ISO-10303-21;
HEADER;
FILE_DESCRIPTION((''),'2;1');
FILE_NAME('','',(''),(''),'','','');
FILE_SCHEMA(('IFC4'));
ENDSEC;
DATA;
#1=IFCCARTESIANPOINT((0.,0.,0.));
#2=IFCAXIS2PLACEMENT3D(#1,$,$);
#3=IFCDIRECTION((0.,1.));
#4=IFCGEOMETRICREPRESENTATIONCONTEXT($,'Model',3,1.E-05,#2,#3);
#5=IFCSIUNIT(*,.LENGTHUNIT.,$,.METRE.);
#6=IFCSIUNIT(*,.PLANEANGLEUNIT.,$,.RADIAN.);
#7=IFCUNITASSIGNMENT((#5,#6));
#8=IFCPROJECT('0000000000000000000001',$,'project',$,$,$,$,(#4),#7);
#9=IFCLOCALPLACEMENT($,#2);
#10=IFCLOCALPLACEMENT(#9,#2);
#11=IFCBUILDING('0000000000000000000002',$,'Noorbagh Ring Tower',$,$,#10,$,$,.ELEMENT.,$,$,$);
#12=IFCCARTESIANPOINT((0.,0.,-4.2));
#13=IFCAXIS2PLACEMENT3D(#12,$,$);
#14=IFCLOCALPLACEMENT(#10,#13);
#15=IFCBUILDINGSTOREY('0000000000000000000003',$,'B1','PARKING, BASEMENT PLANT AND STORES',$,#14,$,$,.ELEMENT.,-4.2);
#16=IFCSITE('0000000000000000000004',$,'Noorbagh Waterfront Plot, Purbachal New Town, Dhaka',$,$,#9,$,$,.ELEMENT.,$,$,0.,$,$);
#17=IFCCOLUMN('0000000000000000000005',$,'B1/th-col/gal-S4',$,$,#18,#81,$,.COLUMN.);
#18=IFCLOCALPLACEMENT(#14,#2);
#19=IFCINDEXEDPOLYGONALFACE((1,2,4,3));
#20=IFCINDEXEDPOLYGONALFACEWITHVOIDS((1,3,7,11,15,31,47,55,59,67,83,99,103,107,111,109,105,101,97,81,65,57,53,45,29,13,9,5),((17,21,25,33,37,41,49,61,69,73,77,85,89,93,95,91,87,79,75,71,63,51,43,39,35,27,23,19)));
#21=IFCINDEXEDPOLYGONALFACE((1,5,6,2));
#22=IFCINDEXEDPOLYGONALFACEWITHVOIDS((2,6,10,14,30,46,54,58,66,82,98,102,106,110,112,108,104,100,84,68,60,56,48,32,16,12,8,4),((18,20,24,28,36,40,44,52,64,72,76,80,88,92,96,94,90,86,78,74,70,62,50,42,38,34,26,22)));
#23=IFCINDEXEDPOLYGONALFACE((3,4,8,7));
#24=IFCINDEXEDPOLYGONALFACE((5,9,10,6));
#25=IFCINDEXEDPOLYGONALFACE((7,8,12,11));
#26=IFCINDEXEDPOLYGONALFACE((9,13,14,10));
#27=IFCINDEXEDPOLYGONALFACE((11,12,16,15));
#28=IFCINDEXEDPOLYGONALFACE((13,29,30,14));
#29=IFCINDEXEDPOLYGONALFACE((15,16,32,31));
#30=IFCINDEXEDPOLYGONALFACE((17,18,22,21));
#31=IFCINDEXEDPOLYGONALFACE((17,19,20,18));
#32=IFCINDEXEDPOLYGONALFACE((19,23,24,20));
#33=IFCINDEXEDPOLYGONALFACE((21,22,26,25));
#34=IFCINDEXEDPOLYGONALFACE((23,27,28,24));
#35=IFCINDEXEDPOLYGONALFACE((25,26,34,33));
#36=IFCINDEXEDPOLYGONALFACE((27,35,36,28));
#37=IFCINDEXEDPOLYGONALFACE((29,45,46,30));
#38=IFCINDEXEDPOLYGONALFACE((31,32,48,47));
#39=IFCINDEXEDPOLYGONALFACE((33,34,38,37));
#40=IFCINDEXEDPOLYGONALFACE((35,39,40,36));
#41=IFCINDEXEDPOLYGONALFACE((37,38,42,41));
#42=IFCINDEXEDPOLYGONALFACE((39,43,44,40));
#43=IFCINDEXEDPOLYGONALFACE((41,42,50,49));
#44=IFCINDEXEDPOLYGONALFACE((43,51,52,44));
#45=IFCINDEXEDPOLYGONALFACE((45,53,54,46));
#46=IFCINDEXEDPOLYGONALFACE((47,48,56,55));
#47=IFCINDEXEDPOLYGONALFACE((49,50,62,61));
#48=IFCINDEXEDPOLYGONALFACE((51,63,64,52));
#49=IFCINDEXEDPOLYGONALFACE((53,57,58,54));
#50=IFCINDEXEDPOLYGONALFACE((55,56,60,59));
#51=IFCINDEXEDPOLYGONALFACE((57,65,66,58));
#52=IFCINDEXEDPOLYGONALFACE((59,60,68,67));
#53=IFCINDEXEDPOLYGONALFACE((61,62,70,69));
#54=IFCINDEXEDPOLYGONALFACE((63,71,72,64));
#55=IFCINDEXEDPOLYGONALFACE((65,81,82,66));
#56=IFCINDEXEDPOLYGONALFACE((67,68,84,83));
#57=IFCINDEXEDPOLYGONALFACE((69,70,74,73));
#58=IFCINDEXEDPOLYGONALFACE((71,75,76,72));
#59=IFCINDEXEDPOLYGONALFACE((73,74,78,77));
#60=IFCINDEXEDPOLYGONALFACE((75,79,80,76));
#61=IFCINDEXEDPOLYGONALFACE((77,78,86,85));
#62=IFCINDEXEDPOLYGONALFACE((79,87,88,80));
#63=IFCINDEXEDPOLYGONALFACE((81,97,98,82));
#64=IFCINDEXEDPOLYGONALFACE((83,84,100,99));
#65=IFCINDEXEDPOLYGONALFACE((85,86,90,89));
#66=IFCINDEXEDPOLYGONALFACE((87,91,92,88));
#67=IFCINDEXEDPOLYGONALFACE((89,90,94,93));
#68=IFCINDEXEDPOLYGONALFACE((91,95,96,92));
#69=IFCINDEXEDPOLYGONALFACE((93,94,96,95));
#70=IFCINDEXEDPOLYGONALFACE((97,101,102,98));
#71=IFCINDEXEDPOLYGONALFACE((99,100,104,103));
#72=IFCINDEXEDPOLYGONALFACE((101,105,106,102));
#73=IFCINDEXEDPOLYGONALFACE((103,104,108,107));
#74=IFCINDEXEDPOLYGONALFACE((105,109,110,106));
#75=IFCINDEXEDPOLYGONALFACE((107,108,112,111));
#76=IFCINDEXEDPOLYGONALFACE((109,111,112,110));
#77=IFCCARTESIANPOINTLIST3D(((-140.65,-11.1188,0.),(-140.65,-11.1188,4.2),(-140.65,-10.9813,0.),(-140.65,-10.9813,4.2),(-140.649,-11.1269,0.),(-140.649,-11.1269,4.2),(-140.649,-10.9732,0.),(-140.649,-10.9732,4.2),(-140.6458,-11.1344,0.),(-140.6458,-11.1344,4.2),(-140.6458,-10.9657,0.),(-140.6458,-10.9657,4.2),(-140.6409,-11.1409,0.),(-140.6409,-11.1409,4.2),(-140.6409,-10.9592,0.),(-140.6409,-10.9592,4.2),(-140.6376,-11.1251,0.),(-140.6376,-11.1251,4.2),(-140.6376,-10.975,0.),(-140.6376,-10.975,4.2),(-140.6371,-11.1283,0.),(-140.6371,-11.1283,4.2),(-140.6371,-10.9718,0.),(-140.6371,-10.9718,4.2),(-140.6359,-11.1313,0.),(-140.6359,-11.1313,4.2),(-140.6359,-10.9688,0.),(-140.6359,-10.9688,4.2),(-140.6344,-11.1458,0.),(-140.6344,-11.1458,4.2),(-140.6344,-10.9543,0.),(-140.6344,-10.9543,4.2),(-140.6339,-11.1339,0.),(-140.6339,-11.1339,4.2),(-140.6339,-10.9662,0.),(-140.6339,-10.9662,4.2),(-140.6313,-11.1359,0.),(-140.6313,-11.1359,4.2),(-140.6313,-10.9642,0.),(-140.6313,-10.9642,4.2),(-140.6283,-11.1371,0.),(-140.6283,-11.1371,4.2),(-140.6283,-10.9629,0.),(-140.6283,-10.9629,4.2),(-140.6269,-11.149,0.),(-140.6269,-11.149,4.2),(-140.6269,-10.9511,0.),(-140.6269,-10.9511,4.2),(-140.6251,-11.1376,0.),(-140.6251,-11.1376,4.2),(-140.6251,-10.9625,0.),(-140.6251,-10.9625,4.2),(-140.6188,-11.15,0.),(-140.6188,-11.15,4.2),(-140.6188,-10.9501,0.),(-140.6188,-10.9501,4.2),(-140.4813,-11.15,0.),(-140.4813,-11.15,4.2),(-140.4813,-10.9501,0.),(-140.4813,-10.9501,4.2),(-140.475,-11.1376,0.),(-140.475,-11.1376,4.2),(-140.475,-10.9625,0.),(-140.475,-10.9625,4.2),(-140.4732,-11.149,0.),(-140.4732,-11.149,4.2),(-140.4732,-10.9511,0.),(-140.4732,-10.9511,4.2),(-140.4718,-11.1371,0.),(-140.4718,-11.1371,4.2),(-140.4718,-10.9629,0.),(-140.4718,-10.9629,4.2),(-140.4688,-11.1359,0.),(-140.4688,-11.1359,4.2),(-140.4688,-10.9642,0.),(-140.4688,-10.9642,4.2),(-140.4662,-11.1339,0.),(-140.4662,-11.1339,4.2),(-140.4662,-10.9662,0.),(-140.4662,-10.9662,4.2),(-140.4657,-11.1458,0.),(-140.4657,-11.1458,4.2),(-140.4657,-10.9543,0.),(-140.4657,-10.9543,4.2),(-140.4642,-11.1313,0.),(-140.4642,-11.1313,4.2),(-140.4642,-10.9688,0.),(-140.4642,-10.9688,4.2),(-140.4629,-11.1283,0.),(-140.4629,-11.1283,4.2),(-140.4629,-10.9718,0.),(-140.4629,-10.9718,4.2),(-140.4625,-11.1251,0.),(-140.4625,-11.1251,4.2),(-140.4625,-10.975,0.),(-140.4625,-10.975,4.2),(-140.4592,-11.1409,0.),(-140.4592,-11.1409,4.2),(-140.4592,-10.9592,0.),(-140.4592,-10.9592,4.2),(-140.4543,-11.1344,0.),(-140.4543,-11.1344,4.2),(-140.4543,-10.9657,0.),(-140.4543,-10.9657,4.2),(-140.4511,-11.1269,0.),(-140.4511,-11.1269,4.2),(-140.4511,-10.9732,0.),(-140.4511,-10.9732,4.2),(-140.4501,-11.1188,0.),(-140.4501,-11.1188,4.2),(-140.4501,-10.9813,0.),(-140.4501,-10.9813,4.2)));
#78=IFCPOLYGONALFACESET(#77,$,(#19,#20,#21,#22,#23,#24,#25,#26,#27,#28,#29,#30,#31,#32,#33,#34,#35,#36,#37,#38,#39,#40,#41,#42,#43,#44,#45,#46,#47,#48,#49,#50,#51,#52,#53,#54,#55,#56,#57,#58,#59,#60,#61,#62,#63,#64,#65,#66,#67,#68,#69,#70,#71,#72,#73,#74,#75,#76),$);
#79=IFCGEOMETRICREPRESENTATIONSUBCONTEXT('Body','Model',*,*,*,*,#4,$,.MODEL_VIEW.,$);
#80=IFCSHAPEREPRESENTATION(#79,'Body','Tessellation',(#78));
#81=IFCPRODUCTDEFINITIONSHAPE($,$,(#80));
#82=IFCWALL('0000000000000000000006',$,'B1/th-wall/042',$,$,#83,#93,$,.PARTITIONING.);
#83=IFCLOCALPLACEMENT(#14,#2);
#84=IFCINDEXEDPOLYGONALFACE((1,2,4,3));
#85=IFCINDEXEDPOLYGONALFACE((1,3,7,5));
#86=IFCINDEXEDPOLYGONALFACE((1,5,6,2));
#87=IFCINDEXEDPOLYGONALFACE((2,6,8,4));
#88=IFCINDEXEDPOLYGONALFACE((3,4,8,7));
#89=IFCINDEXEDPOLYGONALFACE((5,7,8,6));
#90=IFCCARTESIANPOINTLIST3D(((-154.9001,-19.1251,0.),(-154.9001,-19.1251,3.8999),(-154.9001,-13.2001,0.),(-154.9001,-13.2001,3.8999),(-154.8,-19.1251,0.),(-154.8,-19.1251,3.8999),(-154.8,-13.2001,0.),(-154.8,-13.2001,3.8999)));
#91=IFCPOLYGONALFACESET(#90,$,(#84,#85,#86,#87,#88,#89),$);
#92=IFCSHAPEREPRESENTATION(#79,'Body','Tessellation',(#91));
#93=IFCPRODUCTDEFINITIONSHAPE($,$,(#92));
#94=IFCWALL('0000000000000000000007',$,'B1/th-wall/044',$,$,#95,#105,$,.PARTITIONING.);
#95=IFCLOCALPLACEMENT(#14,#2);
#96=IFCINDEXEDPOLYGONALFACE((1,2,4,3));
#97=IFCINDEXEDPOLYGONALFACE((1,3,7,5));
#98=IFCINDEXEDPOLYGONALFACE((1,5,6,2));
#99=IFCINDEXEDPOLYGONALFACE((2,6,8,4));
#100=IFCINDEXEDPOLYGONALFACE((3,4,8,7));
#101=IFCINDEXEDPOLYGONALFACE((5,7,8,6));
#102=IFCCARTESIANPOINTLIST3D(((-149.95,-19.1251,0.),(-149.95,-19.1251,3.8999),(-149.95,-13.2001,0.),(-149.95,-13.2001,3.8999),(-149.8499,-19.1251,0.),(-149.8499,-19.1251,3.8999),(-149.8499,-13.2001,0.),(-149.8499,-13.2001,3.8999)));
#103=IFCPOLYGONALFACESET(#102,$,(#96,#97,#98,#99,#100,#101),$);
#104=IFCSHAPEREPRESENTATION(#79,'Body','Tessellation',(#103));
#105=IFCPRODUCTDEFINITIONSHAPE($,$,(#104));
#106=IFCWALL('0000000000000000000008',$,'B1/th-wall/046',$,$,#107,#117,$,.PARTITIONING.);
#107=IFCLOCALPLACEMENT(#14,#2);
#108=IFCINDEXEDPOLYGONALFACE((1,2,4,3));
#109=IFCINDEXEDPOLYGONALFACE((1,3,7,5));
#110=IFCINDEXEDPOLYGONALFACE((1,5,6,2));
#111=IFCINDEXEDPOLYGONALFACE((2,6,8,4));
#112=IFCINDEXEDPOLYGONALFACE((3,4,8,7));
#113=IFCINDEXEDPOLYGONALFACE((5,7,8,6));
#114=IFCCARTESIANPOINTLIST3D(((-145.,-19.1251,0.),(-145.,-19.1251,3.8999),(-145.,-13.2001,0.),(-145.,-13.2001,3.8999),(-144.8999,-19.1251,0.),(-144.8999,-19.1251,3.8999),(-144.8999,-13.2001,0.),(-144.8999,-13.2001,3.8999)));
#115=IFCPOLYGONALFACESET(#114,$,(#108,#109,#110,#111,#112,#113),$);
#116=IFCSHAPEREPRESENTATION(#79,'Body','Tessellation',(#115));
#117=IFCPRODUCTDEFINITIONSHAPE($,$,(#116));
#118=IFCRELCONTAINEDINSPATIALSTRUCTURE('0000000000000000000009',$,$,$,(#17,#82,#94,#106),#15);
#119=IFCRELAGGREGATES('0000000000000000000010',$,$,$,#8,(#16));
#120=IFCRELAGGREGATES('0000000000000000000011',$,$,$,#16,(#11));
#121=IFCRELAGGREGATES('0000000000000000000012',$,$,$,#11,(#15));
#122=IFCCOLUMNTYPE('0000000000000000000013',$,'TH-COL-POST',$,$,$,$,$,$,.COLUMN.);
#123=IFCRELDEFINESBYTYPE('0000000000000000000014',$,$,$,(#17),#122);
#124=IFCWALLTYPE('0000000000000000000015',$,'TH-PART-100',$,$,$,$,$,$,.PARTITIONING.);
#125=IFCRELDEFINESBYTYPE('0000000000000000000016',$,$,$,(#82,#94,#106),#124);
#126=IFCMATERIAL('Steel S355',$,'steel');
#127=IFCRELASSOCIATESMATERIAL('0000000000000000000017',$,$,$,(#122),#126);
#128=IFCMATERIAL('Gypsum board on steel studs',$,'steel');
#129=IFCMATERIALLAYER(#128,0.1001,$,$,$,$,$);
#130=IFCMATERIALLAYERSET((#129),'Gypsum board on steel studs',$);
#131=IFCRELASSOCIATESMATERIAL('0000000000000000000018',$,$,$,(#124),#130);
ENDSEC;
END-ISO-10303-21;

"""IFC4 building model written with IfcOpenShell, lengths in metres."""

from ifc_helpers import new_model, si_unit, direction, frame, frame_2d, origin, origin_2d, place, context, subcontext, project, spatial, rectangle, hollow_rectangle, extrude, material, layer, layer_set, material_profile, profile_set, type_object, element, save


model = new_model("IFC4")

# Units and contexts
model_context = context("Model", 3, precision=1e-05, world=origin(), true_north=direction((0.0, 1.0)))
body_context = subcontext(model_context, "Body", "Model", "MODEL_VIEW")
ifc_project = project(units=[si_unit("LENGTHUNIT", "METRE"), si_unit("PLANEANGLEUNIT", "RADIAN")], contexts=[model_context])

# Site, building, storey
site_placement = place(None, origin())
site = spatial("IfcSite", under=ifc_project, at=site_placement, Name="Noorbagh Waterfront Plot, Purbachal New Town, Dhaka", CompositionType="ELEMENT", RefElevation=0.0)
building_placement = place(site_placement, origin())
building = spatial("IfcBuilding", under=site, at=building_placement, Name="Noorbagh Ring Tower", CompositionType="ELEMENT")
storey_placement = place(building_placement, frame((0.0, 0.0, -4.2)))
storey = spatial("IfcBuildingStorey", under=building, at=storey_placement, Name="B1", Description="PARKING, BASEMENT PLANT AND STORES", CompositionType="ELEMENT", Elevation=-4.2)

# Column
ifc_material_1 = material(Name="Steel S355", Category="steel")
ifc_material_profile_1 = material_profile(ifc_material_1, hollow_rectangle(XDim=0.2, YDim=0.2, WallThickness=0.0125, InnerFilletRadius=0.0125, OuterFilletRadius=0.0312, at=origin_2d()), Name="SHS200x200x12.5")
ifc_profile_set_1 = profile_set([ifc_material_profile_1], Name="Steel S355")
column_type = type_object("IfcColumnType", Name="TH-COL-POST", PredefinedType="COLUMN", material=ifc_profile_set_1)
for number, where, z_axis, x_axis, name in (
    (1, (-140.55, -11.05, 0.0), (0.0, 0.0, 1.0), (1.0, 0.0, 0.0), "B1/th-col/gal-S4"),
):
    element("IfcColumn", number, at=place(storey_placement, frame(where, z_axis=z_axis, x_axis=x_axis)), inside=storey, type_object=column_type, Name=name, PredefinedType="COLUMN", context=body_context, shape_type="SweptSolid", body=[
        extrude(hollow_rectangle(XDim=0.2, YDim=0.2, WallThickness=0.0125, InnerFilletRadius=0.0125, OuterFilletRadius=0.0312, at=origin_2d()), origin(), (0.0, 0.0, 1.0), 4.2),
    ])

# Walls
ifc_material_2 = material(Name="Gypsum board on steel studs", Category="steel")
ifc_layer_1 = layer(ifc_material_2, 0.1001)
ifc_layer_set_1 = layer_set([ifc_layer_1], Name="Gypsum board on steel studs")
wall_type_1 = type_object("IfcWallType", Name="TH-PART-100", PredefinedType="PARTITIONING", material=ifc_layer_set_1)
for number, where, z_axis, x_axis, name in (
    (2, (-154.8501, -19.125, 0.0), (0.0, 0.0, 1.0), (0.0, 1.0, 0.0), "B1/th-wall/042"),
    (3, (-149.8999, -19.125, 0.0), (0.0, 0.0, 1.0), (0.0, 1.0, 0.0), "B1/th-wall/044"),
    (4, (-144.95, -19.125, 0.0), (0.0, 0.0, 1.0), (0.0, 1.0, 0.0), "B1/th-wall/046"),
):
    element("IfcWall", number, at=place(storey_placement, frame(where, z_axis=z_axis, x_axis=x_axis)), inside=storey, type_object=wall_type_1, Name=name, PredefinedType="PARTITIONING", context=body_context, shape_type="SweptSolid", body=[
        extrude(rectangle(XDim=5.925, YDim=0.1001, at=frame_2d((2.9624, 0.0))), origin(), (0.0, 0.0, 1.0), 3.8999),
    ])

save(model, "model.ifc")
